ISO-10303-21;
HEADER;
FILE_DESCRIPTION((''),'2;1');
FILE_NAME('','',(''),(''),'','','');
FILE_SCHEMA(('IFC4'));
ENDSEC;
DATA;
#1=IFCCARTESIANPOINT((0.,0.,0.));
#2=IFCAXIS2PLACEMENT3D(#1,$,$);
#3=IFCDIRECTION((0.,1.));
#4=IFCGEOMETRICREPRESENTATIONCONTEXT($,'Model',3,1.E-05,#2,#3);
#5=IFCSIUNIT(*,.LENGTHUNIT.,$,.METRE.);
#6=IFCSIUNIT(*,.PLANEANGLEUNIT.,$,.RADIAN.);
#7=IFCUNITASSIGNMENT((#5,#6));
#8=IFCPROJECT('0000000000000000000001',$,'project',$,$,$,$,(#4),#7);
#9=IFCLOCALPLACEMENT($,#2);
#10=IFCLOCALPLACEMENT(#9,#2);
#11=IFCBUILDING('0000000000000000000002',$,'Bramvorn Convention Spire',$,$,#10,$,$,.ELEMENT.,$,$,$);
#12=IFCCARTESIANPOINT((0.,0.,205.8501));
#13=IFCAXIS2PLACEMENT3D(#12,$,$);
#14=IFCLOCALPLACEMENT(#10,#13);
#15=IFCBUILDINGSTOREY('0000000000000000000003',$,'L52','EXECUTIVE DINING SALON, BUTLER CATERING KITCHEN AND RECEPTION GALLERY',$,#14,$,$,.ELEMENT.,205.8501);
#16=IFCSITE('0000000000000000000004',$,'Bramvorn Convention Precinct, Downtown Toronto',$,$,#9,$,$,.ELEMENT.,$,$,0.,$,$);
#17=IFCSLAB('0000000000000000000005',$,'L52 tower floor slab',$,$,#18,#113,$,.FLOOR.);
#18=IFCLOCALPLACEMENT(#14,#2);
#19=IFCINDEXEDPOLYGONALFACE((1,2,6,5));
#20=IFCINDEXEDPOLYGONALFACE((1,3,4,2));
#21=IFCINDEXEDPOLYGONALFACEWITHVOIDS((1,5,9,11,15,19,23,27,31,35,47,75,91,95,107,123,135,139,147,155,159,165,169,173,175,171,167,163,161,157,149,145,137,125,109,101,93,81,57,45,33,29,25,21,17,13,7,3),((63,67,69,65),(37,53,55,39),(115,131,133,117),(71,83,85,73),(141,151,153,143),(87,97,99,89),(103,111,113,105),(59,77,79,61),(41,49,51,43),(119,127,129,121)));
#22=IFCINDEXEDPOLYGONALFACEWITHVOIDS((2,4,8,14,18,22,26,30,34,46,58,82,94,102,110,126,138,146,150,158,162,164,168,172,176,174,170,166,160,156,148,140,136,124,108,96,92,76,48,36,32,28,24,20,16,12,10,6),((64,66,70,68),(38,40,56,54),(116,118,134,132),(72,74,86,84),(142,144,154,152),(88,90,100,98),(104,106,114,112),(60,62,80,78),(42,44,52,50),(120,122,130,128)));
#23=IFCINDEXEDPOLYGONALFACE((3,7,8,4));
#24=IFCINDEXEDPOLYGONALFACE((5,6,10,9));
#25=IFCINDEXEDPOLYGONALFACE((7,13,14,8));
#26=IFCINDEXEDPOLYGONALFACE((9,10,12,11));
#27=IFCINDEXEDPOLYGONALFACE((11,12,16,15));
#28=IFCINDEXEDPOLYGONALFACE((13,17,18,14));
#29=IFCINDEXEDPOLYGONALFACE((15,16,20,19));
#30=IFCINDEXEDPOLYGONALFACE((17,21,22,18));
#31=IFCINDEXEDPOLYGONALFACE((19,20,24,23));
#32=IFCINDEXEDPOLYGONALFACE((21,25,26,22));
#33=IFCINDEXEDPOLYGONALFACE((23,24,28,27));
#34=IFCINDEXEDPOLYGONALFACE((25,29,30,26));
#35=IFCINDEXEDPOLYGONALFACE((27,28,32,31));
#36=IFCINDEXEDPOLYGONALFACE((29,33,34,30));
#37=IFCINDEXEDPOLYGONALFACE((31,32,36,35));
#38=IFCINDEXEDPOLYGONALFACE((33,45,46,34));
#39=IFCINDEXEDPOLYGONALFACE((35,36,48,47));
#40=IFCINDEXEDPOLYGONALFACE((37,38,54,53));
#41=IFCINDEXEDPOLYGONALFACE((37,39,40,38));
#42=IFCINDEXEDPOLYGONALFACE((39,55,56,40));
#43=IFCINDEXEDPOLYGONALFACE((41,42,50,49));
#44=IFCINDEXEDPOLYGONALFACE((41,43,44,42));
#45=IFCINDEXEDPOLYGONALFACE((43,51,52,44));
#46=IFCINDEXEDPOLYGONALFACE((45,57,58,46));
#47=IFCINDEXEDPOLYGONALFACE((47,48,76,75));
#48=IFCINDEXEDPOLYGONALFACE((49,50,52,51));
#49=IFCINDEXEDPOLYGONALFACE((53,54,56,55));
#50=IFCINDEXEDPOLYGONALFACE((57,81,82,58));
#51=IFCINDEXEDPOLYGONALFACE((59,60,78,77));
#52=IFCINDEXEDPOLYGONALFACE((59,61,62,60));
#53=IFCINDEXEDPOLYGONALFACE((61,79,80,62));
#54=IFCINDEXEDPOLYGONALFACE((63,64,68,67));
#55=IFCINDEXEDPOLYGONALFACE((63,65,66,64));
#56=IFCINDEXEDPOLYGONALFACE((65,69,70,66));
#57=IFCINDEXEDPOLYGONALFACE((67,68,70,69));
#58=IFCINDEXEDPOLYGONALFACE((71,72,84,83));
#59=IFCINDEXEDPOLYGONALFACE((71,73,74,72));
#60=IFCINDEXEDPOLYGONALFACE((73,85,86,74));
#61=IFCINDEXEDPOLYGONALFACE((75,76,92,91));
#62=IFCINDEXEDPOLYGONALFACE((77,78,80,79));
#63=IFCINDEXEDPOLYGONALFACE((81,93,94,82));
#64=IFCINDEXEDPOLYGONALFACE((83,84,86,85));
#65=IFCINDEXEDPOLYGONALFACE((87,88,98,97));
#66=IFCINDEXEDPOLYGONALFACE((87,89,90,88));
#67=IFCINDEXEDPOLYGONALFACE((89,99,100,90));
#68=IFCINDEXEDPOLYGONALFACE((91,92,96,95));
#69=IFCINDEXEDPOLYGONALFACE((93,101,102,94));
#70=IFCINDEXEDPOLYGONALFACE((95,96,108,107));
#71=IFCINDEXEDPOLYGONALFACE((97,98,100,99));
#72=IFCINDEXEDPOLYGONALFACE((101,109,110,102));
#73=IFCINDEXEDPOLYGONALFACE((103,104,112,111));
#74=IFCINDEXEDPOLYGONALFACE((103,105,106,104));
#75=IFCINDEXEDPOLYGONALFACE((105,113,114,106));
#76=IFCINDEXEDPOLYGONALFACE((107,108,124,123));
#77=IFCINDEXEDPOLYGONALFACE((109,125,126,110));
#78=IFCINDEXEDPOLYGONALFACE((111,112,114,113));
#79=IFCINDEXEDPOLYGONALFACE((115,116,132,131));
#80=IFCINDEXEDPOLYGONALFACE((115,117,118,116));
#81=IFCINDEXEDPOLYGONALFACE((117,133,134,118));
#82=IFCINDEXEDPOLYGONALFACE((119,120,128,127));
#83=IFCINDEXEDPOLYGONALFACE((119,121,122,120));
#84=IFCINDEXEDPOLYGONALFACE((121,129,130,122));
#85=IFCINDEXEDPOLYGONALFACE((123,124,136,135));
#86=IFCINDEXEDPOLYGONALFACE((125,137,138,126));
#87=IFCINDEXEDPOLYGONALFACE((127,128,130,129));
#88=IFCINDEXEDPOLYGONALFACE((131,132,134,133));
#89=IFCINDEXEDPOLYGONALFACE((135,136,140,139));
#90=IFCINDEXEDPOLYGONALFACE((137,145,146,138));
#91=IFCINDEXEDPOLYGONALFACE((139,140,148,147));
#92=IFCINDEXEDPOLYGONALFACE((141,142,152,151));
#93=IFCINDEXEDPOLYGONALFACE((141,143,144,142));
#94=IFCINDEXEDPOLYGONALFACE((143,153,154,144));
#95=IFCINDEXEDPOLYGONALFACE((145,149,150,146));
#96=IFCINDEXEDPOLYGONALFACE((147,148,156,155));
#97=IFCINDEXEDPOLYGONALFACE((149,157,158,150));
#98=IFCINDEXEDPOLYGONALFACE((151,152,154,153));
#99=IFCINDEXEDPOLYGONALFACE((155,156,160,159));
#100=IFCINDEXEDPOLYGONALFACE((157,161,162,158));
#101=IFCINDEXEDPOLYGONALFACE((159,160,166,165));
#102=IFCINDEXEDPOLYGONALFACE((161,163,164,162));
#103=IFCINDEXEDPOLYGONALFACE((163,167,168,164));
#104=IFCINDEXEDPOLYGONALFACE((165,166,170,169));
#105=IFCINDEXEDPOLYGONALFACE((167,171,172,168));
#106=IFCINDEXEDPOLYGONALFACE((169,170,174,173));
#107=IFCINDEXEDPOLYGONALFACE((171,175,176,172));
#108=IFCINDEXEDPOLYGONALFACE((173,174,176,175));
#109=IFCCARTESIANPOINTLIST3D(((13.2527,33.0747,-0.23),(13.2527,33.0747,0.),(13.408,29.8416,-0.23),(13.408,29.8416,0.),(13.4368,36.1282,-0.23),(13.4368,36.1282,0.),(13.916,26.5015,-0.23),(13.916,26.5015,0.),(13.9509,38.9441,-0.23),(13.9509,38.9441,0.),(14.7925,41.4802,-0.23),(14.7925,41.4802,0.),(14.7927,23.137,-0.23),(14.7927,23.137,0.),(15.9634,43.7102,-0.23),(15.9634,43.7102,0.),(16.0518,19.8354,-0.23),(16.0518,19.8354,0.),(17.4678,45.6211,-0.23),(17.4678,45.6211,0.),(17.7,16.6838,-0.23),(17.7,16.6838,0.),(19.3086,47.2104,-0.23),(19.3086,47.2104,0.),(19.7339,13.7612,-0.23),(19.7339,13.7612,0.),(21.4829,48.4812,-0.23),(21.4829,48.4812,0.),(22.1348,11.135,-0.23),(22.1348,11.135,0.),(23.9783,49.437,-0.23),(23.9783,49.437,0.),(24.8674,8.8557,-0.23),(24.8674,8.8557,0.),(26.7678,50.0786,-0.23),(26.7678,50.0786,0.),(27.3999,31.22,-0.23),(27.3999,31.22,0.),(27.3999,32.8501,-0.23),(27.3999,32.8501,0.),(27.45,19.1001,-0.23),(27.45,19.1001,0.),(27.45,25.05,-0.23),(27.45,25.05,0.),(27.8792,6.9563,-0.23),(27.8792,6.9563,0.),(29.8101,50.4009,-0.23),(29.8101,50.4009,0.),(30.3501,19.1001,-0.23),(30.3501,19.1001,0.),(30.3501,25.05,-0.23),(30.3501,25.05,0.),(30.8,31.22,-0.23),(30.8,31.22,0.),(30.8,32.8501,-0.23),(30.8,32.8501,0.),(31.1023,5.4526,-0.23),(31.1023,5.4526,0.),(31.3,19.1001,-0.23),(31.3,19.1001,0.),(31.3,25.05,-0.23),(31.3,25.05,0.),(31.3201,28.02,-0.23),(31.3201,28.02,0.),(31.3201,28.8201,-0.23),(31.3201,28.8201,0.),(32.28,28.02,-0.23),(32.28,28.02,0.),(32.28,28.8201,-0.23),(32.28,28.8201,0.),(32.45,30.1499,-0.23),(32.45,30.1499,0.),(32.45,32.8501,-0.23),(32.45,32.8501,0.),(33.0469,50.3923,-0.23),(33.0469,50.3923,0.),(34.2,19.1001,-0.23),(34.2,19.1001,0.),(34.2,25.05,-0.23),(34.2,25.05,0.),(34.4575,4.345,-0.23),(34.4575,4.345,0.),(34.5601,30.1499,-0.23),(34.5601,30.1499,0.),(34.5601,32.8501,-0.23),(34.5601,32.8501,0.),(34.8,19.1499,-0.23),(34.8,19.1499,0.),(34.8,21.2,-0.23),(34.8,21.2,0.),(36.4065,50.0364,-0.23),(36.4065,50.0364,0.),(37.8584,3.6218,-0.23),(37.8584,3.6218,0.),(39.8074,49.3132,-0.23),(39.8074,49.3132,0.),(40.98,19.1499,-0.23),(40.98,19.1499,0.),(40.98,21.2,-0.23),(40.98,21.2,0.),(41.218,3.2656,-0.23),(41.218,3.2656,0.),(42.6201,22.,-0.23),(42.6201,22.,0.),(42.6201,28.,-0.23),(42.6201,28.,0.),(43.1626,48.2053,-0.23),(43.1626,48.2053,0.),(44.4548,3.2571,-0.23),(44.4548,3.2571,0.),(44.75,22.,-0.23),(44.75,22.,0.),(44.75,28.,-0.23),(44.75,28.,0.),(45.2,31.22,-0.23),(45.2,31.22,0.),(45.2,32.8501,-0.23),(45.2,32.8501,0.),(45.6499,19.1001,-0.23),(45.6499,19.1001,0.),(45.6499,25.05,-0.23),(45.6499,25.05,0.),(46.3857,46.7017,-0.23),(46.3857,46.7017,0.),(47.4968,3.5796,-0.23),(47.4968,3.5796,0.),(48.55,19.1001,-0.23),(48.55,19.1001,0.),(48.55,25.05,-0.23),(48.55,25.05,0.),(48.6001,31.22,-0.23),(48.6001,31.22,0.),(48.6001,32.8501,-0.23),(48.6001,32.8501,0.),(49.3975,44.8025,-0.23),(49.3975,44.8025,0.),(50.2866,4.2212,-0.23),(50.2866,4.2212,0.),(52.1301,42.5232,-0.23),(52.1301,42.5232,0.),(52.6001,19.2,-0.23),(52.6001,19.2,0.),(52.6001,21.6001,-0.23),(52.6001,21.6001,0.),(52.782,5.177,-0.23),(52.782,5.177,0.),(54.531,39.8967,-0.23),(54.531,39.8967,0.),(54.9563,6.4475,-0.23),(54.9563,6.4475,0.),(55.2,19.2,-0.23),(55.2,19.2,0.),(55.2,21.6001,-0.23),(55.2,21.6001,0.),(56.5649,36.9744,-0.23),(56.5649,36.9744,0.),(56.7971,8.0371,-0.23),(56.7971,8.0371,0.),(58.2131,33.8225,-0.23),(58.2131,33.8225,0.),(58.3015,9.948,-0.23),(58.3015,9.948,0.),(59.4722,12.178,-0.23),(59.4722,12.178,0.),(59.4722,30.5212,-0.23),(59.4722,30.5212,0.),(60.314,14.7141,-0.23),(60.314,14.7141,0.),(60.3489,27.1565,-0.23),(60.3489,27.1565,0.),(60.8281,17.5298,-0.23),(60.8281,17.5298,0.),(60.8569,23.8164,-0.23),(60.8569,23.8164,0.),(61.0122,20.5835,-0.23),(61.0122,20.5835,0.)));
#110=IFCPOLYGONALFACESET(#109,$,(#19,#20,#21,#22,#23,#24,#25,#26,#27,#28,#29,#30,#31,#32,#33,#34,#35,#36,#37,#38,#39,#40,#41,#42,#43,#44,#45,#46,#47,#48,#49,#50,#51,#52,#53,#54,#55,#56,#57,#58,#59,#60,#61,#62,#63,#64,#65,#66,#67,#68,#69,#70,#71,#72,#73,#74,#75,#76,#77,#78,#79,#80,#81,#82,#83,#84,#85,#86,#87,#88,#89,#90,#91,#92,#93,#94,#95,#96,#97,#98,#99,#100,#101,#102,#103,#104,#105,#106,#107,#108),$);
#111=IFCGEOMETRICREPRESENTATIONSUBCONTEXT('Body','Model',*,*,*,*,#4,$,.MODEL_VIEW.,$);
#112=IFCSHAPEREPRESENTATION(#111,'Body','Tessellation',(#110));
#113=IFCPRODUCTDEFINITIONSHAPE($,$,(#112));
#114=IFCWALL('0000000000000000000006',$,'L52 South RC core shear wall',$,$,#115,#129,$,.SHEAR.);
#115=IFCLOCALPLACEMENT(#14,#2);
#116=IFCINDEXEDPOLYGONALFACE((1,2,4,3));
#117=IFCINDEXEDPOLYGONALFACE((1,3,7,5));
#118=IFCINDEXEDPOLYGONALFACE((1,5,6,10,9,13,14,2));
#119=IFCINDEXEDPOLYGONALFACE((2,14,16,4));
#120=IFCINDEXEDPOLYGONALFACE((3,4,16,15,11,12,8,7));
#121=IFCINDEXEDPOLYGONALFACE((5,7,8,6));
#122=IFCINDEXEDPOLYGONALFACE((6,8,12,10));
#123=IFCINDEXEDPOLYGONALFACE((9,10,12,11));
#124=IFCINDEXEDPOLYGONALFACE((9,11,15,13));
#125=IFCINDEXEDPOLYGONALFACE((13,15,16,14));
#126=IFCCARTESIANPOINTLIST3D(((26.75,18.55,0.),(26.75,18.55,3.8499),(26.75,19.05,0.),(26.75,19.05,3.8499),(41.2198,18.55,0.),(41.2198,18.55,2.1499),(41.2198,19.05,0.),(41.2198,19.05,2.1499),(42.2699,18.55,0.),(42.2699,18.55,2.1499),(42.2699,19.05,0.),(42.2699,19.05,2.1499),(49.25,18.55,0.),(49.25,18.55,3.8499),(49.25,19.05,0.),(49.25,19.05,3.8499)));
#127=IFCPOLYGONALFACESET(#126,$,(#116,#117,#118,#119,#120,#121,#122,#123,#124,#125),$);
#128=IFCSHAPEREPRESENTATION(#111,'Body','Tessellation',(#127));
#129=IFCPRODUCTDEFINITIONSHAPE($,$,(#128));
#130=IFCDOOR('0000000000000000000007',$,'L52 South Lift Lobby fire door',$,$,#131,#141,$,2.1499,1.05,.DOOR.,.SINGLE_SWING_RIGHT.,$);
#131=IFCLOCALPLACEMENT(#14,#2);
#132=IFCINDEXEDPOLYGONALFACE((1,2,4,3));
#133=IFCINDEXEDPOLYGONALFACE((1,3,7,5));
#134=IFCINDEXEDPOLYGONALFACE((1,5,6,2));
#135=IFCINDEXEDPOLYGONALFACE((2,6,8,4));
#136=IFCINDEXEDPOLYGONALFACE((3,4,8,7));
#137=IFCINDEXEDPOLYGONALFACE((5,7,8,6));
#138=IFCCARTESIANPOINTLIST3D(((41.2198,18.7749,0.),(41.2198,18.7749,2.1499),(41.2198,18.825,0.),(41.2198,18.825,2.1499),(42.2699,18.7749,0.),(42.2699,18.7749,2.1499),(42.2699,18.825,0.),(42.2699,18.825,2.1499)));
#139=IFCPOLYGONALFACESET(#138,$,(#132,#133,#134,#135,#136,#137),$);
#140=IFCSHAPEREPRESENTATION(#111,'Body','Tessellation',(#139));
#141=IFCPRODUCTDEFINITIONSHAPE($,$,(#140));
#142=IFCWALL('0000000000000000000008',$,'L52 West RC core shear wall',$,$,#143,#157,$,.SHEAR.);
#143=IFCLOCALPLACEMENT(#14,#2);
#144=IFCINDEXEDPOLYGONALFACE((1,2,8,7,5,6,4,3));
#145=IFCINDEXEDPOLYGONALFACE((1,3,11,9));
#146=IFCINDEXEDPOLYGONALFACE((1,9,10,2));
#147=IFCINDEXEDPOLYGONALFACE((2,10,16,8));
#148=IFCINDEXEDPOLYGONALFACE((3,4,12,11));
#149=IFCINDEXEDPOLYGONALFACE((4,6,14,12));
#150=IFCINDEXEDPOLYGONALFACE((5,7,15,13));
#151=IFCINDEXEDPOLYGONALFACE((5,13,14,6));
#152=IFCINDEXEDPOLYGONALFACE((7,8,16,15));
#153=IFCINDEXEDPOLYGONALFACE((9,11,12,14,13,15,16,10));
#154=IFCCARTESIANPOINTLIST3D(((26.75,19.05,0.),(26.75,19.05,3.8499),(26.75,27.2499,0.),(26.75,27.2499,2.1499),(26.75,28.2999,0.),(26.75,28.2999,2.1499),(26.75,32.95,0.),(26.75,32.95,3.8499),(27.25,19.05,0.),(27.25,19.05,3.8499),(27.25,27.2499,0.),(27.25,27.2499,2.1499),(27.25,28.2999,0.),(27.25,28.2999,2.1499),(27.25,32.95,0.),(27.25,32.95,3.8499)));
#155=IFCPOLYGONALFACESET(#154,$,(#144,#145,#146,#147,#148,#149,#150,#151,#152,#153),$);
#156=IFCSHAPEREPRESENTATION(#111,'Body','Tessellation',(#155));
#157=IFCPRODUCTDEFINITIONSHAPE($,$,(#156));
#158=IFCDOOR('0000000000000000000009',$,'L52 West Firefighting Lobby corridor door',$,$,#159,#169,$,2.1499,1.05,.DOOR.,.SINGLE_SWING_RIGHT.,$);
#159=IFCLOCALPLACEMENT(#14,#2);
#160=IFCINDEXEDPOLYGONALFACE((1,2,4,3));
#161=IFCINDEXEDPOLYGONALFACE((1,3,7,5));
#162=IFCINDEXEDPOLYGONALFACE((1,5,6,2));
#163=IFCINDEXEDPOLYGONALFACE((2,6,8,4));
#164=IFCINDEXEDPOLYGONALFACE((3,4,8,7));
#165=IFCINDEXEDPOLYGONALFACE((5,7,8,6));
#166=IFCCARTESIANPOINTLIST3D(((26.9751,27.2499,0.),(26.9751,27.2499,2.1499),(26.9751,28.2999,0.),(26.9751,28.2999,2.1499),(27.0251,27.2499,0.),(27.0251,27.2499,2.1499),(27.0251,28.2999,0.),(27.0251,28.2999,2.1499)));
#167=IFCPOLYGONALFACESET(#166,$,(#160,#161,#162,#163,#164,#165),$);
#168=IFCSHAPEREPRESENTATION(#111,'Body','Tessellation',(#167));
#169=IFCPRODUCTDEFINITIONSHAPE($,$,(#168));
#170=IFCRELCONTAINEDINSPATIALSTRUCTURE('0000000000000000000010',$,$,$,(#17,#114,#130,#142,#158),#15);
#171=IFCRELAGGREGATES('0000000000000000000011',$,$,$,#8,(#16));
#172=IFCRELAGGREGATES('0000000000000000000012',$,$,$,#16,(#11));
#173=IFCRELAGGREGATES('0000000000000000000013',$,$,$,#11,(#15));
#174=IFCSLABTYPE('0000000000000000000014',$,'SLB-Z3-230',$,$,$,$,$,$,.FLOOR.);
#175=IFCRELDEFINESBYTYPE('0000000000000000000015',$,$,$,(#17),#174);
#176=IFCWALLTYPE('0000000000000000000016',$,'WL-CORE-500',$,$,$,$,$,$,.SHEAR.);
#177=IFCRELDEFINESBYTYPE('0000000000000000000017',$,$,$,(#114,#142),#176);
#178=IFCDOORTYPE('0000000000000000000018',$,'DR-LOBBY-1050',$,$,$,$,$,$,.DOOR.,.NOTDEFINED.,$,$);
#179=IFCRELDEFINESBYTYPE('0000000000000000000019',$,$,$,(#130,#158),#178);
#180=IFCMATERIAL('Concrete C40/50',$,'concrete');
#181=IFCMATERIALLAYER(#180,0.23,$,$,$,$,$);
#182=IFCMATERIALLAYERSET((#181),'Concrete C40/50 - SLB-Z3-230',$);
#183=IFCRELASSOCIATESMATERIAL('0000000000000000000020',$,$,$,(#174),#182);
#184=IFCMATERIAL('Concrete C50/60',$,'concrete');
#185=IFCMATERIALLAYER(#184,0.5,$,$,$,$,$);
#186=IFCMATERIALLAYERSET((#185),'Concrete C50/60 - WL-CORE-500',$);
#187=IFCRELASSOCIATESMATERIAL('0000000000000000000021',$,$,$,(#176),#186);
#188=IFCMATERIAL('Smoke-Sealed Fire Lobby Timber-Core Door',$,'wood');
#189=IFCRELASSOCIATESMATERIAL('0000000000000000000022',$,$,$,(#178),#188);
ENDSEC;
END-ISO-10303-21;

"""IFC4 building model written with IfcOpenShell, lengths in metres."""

from ifc_helpers import new_model, si_unit, direction, frame, frame_2d, origin, place, context, subcontext, project, spatial, polyline, rectangle, outline, extrude, material, layer, layer_set, type_object, element, fill, save


model = new_model("IFC4")

# Units and contexts
model_context = context("Model", 3, precision=1e-05, world=origin(), true_north=direction((0.0, 1.0)))
body_context = subcontext(model_context, "Body", "Model", "MODEL_VIEW")
ifc_project = project(units=[si_unit("LENGTHUNIT", "METRE"), si_unit("PLANEANGLEUNIT", "RADIAN")], contexts=[model_context])

# Site, building, storey
site_placement = place(None, origin())
site = spatial("IfcSite", under=ifc_project, at=site_placement, Name="Bramvorn Convention Precinct, Downtown Toronto", CompositionType="ELEMENT", RefElevation=0.0)
building_placement = place(site_placement, origin())
building = spatial("IfcBuilding", under=site, at=building_placement, Name="Bramvorn Convention Spire", CompositionType="ELEMENT")
storey_placement = place(building_placement, frame((0.0, 0.0, 205.8501)))
storey = spatial("IfcBuildingStorey", under=building, at=storey_placement, Name="L52", Description="EXECUTIVE DINING SALON, BUTLER CATERING KITCHEN AND RECEPTION GALLERY", CompositionType="ELEMENT", Elevation=205.8501)

# Slab
ifc_material_1 = material(Name="Concrete C40/50", Category="concrete")
ifc_layer_1 = layer(ifc_material_1, 0.23)
ifc_layer_set_1 = layer_set([ifc_layer_1], Name="Concrete C40/50 - SLB-Z3-230")
slab_type_1 = type_object("IfcSlabType", Name="SLB-Z3-230", PredefinedType="FLOOR", material=ifc_layer_set_1)
slab_1_placement = place(storey_placement, frame((0.0, 0.0, -0.23)))
element("IfcSlab", 1, at=slab_1_placement, inside=storey, type_object=slab_type_1, Name="L52 tower floor slab", PredefinedType="FLOOR", context=body_context, shape_type="SweptSolid", body=[
    extrude(outline(polyline([(56.7971, 8.0371), (58.3015, 9.948), (59.4722, 12.178), (60.314, 14.7141), (60.8281, 17.5298), (61.0122, 20.5835), (60.8569, 23.8164), (60.3489, 27.1565), (59.4722, 30.5212), (58.2131, 33.8225), (56.5649, 36.9744), (54.531, 39.8967), (52.1301, 42.5232), (49.3975, 44.8025), (46.3857, 46.7017), (43.1626, 48.2053), (39.8074, 49.3132), (36.4065, 50.0364), (33.0469, 50.3923), (29.8101, 50.4009), (26.7678, 50.0786), (23.9783, 49.437), (21.4829, 48.4812), (19.3086, 47.2104), (17.4678, 45.6211), (15.9634, 43.7102), (14.7925, 41.4802), (13.9509, 38.9441), (13.4368, 36.1282), (13.2527, 33.0747), (13.408, 29.8416), (13.916, 26.5015), (14.7927, 23.137), (16.0518, 19.8354), (17.7, 16.6838), (19.7339, 13.7612), (22.1348, 11.135), (24.8674, 8.8557), (27.8792, 6.9563), (31.1023, 5.4526), (34.4575, 4.345), (37.8584, 3.6218), (41.218, 3.2656), (44.4548, 3.2571), (47.4968, 3.5796), (50.2866, 4.2212), (52.782, 5.177), (54.9563, 6.4475), (56.7971, 8.0371)]), holes=[polyline([(27.45, 25.05), (27.45, 19.1001), (30.3501, 19.1001), (30.3501, 25.05), (27.45, 25.05)]), polyline([(45.6499, 25.05), (45.6499, 19.1001), (48.55, 19.1001), (48.55, 25.05), (45.6499, 25.05)]), polyline([(31.3, 25.05), (31.3, 19.1001), (34.2, 19.1001), (34.2, 25.05), (31.3, 25.05)]), polyline([(27.3999, 31.22), (30.8, 31.22), (30.8, 32.8501), (27.3999, 32.8501), (27.3999, 31.22)]), polyline([(45.2, 31.22), (48.6001, 31.22), (48.6001, 32.8501), (45.2, 32.8501), (45.2, 31.22)]), polyline([(32.45, 30.1499), (34.5601, 30.1499), (34.5601, 32.8501), (32.45, 32.8501), (32.45, 30.1499)]), polyline([(34.8, 19.1499), (40.98, 19.1499), (40.98, 21.2), (34.8, 21.2), (34.8, 19.1499)]), polyline([(42.6201, 22.0), (44.75, 22.0), (44.75, 28.0), (42.6201, 28.0), (42.6201, 22.0)]), polyline([(31.3201, 28.02), (32.28, 28.02), (32.28, 28.8201), (31.3201, 28.8201), (31.3201, 28.02)]), polyline([(52.6001, 19.2), (55.2, 19.2), (55.2, 21.6001), (52.6001, 21.6001), (52.6001, 19.2)])]), origin(), (0.0, 0.0, 1.0), 0.23),
])

# Walls, openings, doors
ifc_material_2 = material(Name="Concrete C50/60", Category="concrete")
ifc_layer_2 = layer(ifc_material_2, 0.5)
ifc_layer_set_2 = layer_set([ifc_layer_2], Name="Concrete C50/60 - WL-CORE-500")
wall_type_1 = type_object("IfcWallType", Name="WL-CORE-500", PredefinedType="SHEAR", material=ifc_layer_set_2)
wall_1_placement = place(storey_placement, frame((26.75, 18.8, 0.0), z_axis=(0.0, 0.0, 1.0), x_axis=(1.0, 0.0, 0.0)))
wall_1 = element("IfcWall", 2, at=wall_1_placement, inside=storey, type_object=wall_type_1, Name="L52 South RC core shear wall", PredefinedType="SHEAR", context=body_context, shape_type="SweptSolid", body=[
    extrude(rectangle(XDim=22.5, YDim=0.5, at=frame_2d((11.25, 0.0))), origin(), (0.0, 0.0, 1.0), 3.8499),
])
opening_1_placement = place(wall_1_placement, frame((14.47, 0.0, 0.0)))
opening_1 = element("IfcOpeningElement", 3, at=opening_1_placement, cuts=wall_1, PredefinedType="OPENING", context=body_context, shape_type="SweptSolid", body=[
    extrude(rectangle(XDim=1.05, YDim=2.1499, at=frame_2d((0.5249, 1.075))), frame((0.0, 0.26, 0.0), z_axis=(0.0, -1.0, 0.0), x_axis=(1.0, 0.0, 0.0)), (0.0, 0.0, 1.0), 0.52),
])
ifc_material_3 = material(Name="Smoke-Sealed Fire Lobby Timber-Core Door", Category="wood")
door_type_1 = type_object("IfcDoorType", Name="DR-LOBBY-1050", OperationType="NOTDEFINED", PredefinedType="DOOR", material=ifc_material_3)
door_1_placement = place(opening_1_placement, origin())
door_1 = element("IfcDoor", 4, at=door_1_placement, inside=storey, type_object=door_type_1, Name="L52 South Lift Lobby fire door", OperationType="SINGLE_SWING_RIGHT", OverallHeight=2.1499, OverallWidth=1.05, PredefinedType="DOOR", context=body_context, shape_type="SweptSolid", body=[
    extrude(rectangle(XDim=1.05, YDim=2.1499, at=frame_2d((0.5249, 1.075))), frame((0.0, 0.0249, 0.0), z_axis=(0.0, -1.0, 0.0), x_axis=(1.0, 0.0, 0.0)), (0.0, 0.0, 1.0), 0.05),
])
fill(opening_1, door_1)
wall_2_placement = place(storey_placement, frame((27.0, 19.05, 0.0), z_axis=(0.0, 0.0, 1.0), x_axis=(0.0, 1.0, 0.0)))
wall_2 = element("IfcWall", 5, at=wall_2_placement, inside=storey, type_object=wall_type_1, Name="L52 West RC core shear wall", PredefinedType="SHEAR", context=body_context, shape_type="SweptSolid", body=[
    extrude(rectangle(XDim=13.8999, YDim=0.5, at=frame_2d((6.95, 0.0))), origin(), (0.0, 0.0, 1.0), 3.8499),
])
opening_2_placement = place(wall_2_placement, frame((8.2, 0.0, 0.0)))
opening_2 = element("IfcOpeningElement", 6, at=opening_2_placement, cuts=wall_2, PredefinedType="OPENING", context=body_context, shape_type="SweptSolid", body=[
    extrude(rectangle(XDim=1.05, YDim=2.1499, at=frame_2d((0.5249, 1.075))), frame((0.0, 0.26, 0.0), z_axis=(0.0, -1.0, 0.0), x_axis=(1.0, 0.0, 0.0)), (0.0, 0.0, 1.0), 0.52),
])
door_2_placement = place(opening_2_placement, origin())
door_2 = element("IfcDoor", 7, at=door_2_placement, inside=storey, type_object=door_type_1, Name="L52 West Firefighting Lobby corridor door", OperationType="SINGLE_SWING_RIGHT", OverallHeight=2.1499, OverallWidth=1.05, PredefinedType="DOOR", context=body_context, shape_type="SweptSolid", body=[
    extrude(rectangle(XDim=1.05, YDim=2.1499, at=frame_2d((0.5249, 1.075))), frame((0.0, 0.0249, 0.0), z_axis=(0.0, -1.0, 0.0), x_axis=(1.0, 0.0, 0.0)), (0.0, 0.0, 1.0), 0.05),
])
fill(opening_2, door_2)

save(model, "model.ifc")
